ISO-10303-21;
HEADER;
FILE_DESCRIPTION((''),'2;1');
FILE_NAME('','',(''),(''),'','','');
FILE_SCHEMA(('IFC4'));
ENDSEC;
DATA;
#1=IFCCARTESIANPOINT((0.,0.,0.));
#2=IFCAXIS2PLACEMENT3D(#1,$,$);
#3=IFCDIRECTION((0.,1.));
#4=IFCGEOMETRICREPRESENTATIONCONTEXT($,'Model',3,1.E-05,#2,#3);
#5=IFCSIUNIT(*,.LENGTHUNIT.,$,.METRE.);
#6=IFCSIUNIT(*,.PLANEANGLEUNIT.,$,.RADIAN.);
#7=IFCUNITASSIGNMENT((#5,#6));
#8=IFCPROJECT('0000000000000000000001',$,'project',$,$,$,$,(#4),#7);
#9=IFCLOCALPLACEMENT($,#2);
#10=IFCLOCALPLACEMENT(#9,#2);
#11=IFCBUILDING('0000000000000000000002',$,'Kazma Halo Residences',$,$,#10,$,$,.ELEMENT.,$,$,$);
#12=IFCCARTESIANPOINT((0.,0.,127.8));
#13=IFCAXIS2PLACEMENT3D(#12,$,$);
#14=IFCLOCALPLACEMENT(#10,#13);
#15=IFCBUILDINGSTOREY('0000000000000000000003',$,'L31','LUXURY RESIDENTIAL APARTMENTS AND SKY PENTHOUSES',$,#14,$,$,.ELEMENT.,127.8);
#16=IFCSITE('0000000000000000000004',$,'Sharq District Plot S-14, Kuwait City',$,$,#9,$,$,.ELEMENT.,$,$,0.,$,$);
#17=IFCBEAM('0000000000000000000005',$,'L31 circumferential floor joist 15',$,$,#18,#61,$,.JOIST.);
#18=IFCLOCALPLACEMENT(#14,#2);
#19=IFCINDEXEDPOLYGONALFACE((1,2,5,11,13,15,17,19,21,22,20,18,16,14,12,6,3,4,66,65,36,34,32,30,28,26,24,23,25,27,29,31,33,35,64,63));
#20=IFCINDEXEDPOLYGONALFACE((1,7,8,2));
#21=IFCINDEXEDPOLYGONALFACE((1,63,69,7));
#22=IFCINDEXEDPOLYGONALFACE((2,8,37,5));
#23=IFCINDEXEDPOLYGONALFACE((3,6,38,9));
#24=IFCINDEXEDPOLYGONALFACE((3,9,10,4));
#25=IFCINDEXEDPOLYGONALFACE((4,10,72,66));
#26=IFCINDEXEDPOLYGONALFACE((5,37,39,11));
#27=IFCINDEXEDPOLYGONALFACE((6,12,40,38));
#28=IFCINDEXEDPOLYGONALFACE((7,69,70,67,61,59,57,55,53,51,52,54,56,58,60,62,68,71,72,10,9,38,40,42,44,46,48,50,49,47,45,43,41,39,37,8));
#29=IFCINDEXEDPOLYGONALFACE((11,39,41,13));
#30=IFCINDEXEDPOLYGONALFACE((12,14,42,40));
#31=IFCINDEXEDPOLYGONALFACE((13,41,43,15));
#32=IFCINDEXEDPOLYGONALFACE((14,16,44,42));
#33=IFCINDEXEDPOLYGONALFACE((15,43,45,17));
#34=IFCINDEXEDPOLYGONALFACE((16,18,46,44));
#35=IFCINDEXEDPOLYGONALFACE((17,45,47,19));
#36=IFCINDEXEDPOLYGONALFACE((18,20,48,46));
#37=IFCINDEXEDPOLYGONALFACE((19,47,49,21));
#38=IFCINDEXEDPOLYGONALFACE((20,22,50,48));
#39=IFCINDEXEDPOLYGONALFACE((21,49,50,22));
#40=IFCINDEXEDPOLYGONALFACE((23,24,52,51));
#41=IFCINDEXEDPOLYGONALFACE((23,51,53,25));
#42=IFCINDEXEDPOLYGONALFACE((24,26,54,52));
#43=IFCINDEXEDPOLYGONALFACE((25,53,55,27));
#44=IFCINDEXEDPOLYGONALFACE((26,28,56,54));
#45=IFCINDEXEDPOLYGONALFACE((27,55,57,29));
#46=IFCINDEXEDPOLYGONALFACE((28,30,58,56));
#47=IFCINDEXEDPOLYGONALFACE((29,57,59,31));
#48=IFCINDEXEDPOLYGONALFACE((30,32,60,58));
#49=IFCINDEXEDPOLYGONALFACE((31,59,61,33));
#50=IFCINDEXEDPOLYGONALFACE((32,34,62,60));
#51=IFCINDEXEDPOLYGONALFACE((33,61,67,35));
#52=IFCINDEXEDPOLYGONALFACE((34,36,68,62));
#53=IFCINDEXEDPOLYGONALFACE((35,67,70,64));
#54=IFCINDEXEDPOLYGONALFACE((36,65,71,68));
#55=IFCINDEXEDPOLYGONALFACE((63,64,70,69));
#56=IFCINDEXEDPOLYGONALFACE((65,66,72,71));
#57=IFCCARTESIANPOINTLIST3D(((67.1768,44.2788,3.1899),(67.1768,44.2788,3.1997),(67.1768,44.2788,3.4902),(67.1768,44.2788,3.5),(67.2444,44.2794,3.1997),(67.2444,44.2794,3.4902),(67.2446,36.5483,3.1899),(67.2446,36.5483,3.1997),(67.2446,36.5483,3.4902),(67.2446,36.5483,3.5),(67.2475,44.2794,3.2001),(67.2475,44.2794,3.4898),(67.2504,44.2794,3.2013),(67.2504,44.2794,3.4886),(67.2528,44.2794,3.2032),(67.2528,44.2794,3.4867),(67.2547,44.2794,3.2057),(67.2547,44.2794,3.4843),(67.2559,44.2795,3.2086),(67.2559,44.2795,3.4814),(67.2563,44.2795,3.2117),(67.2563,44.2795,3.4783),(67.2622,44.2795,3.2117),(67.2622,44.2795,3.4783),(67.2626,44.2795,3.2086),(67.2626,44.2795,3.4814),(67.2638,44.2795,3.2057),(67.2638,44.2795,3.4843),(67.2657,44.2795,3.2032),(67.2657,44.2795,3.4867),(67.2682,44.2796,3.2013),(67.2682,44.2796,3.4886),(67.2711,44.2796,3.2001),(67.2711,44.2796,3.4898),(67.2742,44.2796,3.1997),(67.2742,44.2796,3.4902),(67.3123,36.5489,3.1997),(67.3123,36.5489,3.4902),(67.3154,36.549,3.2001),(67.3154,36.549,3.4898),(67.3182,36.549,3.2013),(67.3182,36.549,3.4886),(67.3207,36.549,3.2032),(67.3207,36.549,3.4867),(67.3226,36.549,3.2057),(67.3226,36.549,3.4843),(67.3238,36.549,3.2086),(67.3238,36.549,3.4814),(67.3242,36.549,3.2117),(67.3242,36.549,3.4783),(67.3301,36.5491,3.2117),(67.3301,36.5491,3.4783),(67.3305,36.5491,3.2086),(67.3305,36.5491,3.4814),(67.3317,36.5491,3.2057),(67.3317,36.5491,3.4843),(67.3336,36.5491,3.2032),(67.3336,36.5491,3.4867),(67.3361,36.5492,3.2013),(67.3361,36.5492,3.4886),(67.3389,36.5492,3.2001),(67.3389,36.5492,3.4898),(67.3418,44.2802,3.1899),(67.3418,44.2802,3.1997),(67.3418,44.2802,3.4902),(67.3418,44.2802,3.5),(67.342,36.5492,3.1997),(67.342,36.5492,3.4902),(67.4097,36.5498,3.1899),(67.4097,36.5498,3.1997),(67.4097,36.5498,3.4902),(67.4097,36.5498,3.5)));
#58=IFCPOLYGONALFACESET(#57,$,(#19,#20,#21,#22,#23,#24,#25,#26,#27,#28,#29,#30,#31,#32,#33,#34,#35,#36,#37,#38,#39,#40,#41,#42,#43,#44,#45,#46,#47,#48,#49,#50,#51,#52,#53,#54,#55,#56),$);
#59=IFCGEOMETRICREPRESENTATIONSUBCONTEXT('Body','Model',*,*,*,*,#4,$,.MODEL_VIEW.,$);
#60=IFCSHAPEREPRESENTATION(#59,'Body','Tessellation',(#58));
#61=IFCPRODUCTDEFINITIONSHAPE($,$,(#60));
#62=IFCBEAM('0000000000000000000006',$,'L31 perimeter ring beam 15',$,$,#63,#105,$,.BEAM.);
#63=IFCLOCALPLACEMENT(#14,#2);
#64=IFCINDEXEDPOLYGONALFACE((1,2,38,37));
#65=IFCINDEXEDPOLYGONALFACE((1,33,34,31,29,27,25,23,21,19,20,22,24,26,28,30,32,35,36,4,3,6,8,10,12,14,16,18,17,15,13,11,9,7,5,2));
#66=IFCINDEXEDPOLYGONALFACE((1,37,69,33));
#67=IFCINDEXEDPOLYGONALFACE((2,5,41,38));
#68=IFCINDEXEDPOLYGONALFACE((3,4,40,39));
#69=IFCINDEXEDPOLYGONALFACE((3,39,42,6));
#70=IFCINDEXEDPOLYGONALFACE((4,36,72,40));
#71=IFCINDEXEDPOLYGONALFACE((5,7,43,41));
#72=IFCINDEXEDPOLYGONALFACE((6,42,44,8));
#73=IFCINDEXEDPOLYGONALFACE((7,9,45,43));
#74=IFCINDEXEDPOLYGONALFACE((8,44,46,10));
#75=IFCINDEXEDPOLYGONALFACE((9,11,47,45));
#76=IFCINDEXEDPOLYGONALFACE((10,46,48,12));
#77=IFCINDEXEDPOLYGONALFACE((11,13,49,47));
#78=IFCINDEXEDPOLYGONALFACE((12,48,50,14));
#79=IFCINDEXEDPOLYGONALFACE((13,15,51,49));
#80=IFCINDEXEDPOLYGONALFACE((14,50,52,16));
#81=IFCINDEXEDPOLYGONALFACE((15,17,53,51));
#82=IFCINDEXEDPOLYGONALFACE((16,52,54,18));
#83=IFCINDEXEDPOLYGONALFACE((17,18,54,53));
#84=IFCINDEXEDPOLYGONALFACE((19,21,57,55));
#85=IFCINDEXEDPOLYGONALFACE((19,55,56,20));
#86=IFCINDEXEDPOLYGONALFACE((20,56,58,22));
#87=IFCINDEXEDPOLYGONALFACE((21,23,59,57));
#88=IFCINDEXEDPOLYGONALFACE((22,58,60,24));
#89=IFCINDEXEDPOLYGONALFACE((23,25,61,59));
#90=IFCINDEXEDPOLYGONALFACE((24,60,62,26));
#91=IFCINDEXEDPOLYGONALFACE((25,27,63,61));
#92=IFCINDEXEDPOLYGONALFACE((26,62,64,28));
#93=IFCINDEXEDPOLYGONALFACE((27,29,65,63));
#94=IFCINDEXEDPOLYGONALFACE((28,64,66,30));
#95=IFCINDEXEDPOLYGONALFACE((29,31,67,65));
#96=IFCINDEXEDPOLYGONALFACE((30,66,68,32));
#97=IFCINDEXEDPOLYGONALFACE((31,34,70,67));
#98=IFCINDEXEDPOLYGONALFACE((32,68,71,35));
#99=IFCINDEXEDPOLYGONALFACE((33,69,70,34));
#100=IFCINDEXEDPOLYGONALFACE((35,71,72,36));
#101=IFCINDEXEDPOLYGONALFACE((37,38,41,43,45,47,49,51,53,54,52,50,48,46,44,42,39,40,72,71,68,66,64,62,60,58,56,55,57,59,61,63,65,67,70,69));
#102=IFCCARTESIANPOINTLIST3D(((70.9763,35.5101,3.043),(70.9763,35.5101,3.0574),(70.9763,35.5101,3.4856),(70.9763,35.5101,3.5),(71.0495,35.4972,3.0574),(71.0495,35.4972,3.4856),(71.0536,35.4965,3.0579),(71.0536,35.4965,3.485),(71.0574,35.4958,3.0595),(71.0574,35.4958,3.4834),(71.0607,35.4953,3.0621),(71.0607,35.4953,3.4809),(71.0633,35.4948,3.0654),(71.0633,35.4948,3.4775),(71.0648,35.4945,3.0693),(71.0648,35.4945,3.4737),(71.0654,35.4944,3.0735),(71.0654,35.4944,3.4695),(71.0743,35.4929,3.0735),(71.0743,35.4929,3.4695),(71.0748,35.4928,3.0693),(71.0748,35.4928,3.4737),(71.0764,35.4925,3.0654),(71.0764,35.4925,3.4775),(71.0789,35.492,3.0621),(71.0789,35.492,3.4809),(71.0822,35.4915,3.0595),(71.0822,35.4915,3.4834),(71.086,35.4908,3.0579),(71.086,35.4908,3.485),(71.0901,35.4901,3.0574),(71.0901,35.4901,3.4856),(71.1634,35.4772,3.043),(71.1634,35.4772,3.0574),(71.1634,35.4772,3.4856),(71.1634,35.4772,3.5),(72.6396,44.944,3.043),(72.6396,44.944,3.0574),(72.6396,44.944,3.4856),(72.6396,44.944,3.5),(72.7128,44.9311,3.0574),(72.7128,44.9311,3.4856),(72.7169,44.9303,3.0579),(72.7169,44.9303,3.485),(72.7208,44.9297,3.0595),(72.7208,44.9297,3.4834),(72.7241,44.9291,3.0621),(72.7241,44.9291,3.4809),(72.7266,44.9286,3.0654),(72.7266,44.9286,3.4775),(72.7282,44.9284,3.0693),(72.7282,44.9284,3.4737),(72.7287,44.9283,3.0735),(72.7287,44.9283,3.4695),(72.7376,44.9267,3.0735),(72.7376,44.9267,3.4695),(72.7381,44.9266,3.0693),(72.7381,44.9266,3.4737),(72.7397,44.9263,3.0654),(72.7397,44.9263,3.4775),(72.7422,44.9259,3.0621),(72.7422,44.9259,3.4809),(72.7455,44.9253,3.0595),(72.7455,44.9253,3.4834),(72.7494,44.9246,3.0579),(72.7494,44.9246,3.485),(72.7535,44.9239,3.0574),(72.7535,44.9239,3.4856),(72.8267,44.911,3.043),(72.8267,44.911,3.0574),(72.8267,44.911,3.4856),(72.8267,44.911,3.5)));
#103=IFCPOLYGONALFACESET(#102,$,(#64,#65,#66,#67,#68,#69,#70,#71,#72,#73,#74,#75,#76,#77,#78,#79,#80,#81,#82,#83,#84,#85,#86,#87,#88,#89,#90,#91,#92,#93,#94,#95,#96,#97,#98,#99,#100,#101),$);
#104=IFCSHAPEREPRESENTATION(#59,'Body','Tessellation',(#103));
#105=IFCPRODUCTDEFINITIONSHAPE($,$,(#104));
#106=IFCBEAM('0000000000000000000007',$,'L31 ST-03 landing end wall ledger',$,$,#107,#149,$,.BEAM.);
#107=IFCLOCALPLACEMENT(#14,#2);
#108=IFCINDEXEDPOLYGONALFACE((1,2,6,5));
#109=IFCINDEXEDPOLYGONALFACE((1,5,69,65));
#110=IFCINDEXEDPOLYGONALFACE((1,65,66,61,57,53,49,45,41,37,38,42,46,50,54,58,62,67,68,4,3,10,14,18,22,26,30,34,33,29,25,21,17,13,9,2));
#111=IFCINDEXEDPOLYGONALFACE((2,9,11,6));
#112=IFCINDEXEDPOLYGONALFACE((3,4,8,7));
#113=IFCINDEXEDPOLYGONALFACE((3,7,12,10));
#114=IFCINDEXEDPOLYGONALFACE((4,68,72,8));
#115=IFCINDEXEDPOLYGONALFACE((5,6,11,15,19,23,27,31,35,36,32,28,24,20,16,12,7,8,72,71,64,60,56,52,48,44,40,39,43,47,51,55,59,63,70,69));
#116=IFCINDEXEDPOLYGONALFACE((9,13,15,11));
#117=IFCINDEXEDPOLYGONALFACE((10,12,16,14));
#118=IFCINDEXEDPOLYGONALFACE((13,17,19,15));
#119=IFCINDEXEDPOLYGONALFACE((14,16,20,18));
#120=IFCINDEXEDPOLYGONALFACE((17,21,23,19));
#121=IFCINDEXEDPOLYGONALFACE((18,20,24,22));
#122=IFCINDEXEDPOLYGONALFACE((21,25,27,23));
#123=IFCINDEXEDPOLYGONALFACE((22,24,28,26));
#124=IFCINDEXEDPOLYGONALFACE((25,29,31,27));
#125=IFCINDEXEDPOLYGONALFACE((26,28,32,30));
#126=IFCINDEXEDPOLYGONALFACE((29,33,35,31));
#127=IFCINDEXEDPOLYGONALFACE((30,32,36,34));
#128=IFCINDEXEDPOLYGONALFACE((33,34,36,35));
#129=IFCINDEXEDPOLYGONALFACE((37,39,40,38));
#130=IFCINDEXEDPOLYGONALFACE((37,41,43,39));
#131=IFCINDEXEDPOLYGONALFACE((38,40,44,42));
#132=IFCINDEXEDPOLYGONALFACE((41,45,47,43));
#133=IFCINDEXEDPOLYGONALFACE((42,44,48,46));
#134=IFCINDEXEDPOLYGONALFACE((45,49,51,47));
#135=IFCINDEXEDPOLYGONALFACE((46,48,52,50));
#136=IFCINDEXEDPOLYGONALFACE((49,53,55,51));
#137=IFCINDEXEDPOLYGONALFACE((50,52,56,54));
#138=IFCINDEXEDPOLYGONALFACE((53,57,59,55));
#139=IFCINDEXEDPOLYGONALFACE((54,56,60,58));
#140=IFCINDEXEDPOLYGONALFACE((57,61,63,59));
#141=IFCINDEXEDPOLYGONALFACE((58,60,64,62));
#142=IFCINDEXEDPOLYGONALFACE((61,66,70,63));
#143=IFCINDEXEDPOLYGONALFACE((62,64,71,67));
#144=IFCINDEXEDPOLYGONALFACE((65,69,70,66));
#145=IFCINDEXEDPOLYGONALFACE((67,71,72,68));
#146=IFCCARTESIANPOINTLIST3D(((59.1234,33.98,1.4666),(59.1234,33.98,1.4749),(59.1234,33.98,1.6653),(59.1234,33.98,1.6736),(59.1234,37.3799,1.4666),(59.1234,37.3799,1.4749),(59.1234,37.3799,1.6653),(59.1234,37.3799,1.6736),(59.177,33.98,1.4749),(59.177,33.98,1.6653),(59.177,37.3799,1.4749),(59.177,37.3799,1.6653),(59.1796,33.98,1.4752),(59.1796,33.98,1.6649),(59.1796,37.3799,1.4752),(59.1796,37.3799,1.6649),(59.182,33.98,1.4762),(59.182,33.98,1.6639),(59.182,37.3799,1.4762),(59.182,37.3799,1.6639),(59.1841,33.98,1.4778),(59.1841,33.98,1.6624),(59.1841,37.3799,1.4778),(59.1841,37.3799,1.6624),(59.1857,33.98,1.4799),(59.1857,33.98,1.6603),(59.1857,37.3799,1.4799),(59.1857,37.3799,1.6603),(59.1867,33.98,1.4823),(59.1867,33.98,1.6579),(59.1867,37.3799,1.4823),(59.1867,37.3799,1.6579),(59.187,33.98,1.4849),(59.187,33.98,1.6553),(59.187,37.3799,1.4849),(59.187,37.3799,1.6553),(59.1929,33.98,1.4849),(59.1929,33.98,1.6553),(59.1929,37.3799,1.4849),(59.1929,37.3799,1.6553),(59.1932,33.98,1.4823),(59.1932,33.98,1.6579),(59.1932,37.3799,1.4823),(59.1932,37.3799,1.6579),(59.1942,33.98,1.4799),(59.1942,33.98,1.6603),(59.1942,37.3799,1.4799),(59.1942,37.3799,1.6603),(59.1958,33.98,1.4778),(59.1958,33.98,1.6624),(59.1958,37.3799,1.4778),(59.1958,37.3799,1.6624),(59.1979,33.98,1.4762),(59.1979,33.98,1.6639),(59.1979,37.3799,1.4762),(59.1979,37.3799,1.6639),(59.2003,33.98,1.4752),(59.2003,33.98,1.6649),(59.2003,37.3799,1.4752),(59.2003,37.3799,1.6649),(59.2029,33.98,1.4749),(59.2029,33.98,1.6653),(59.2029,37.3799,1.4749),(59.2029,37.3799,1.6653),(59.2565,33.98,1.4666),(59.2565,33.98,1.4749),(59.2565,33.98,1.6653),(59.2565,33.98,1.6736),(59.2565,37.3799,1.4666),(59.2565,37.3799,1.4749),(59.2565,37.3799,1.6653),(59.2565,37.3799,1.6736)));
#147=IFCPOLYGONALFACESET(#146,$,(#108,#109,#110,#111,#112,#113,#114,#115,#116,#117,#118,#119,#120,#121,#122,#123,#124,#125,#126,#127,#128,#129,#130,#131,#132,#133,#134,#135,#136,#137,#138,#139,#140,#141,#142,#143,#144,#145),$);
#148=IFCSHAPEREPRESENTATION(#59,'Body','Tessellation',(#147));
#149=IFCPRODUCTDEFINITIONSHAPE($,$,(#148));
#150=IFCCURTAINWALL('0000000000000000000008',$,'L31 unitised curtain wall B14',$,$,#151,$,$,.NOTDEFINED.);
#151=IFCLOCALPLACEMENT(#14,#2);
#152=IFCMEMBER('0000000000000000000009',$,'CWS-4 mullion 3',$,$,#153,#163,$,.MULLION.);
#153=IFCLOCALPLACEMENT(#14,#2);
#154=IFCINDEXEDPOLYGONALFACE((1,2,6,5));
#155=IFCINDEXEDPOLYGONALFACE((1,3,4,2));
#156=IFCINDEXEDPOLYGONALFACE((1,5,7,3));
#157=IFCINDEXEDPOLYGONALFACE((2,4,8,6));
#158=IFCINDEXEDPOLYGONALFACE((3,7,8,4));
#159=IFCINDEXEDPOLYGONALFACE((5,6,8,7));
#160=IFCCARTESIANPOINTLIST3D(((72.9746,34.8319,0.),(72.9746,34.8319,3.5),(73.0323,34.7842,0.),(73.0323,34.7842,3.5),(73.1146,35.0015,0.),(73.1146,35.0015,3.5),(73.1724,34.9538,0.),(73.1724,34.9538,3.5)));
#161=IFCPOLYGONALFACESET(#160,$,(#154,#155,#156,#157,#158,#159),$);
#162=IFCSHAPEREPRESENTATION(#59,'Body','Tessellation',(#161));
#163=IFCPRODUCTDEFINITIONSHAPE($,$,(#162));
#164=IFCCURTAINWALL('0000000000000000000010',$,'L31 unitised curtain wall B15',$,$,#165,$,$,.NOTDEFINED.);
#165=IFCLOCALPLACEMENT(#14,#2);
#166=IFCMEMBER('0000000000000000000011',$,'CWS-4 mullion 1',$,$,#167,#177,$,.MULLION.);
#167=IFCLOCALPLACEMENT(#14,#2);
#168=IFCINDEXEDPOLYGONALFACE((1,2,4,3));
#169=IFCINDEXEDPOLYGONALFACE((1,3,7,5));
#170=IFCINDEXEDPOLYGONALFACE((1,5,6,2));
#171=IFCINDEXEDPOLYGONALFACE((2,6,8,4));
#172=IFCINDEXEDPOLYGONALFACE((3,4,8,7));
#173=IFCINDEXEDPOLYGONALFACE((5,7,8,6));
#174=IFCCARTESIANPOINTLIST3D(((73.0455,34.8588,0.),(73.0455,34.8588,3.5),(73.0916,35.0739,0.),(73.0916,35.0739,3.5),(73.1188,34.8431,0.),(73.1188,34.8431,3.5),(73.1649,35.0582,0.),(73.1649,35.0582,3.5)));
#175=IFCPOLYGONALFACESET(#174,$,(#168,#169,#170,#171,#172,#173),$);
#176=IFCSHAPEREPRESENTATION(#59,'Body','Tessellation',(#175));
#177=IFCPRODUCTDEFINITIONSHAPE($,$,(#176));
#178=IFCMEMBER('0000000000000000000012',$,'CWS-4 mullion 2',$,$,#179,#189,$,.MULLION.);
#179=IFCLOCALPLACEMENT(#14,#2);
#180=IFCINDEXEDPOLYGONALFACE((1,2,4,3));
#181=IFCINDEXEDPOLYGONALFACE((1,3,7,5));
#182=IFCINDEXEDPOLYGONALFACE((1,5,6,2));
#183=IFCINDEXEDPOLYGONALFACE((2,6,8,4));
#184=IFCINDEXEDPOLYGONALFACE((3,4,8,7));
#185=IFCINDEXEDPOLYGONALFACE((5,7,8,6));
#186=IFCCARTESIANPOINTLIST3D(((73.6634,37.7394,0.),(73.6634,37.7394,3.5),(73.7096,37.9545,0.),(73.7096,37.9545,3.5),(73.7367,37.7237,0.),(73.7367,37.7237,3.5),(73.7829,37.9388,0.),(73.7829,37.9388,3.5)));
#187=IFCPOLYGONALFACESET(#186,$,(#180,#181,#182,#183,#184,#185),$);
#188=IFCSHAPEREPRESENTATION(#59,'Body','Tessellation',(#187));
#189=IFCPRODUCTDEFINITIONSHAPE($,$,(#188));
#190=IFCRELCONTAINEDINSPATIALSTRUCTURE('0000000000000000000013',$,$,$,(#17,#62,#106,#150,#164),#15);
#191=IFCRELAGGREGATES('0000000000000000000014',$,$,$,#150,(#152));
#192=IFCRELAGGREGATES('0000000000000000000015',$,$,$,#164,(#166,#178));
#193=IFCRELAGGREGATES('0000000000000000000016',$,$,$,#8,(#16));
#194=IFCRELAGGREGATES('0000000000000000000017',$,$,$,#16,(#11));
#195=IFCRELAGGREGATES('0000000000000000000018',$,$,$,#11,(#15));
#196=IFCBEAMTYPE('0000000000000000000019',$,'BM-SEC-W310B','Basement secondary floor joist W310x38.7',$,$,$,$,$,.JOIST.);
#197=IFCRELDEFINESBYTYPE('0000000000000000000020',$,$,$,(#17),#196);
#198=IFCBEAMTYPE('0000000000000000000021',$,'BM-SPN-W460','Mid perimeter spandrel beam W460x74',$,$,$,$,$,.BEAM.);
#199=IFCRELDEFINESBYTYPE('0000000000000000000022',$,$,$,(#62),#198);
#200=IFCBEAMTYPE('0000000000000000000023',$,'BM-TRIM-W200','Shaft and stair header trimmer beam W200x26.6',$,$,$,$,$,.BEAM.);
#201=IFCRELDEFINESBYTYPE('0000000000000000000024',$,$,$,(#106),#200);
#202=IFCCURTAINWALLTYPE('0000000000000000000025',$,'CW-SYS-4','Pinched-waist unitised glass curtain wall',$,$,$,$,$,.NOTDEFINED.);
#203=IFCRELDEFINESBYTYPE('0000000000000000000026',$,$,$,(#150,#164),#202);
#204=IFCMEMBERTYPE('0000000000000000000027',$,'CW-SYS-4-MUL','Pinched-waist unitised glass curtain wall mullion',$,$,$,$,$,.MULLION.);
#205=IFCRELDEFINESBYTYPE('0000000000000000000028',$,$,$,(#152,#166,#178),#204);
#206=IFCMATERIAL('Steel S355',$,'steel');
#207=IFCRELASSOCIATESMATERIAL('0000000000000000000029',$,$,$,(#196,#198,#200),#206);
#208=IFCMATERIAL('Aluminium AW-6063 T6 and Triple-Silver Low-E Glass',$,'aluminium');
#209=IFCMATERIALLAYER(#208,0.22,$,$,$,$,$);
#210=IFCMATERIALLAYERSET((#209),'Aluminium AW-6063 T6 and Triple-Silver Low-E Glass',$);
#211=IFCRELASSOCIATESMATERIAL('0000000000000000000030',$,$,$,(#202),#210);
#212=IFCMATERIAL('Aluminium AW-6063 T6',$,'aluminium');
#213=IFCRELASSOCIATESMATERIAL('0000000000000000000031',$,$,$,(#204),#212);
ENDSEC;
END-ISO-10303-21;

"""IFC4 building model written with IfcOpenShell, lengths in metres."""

from ifc_helpers import new_model, si_unit, direction, frame, origin, origin_2d, place, context, subcontext, project, spatial, rectangle, i_section, extrude, material, layer, layer_set, material_profile, profile_set, type_object, element, aggregate, save


model = new_model("IFC4")

# Units and contexts
model_context = context("Model", 3, precision=1e-05, world=origin(), true_north=direction((0.0, 1.0)))
body_context = subcontext(model_context, "Body", "Model", "MODEL_VIEW")
ifc_project = project(units=[si_unit("LENGTHUNIT", "METRE"), si_unit("PLANEANGLEUNIT", "RADIAN")], contexts=[model_context])

# Site, building, storey
site_placement = place(None, origin())
site = spatial("IfcSite", under=ifc_project, at=site_placement, Name="Sharq District Plot S-14, Kuwait City", CompositionType="ELEMENT", RefElevation=0.0)
building_placement = place(site_placement, origin())
building = spatial("IfcBuilding", under=site, at=building_placement, Name="Kazma Halo Residences", CompositionType="ELEMENT")
storey_placement = place(building_placement, frame((0.0, 0.0, 127.8)))
storey = spatial("IfcBuildingStorey", under=building, at=storey_placement, Name="L31", Description="LUXURY RESIDENTIAL APARTMENTS AND SKY PENTHOUSES", CompositionType="ELEMENT", Elevation=127.8)

# Beams
ifc_material_1 = material(Name="Steel S355", Category="steel")
ifc_material_profile_1 = material_profile(ifc_material_1, i_section(OverallWidth=0.165, OverallDepth=0.3101, WebThickness=0.0059, FlangeThickness=0.0098, FilletRadius=0.012, at=origin_2d()), Name="W310x38.7")
ifc_profile_set_1 = profile_set([ifc_material_profile_1], Name="Steel S355")
beam_type_1 = type_object("IfcBeamType", Name="BM-SEC-W310B", Description="Basement secondary floor joist W310x38.7", PredefinedType="JOIST", material=ifc_profile_set_1)
beam_1_placement = place(storey_placement, frame((67.3271, 36.5491, 3.345), z_axis=(-0.008779, 0.999961, 0.0), x_axis=(-0.999961, -0.008779, 0.0)))
element("IfcBeam", 1, at=beam_1_placement, inside=storey, type_object=beam_type_1, Name="L31 circumferential floor joist 15", PredefinedType="JOIST", context=body_context, shape_type="SweptSolid", body=[
    extrude(i_section(OverallWidth=0.165, OverallDepth=0.3101, WebThickness=0.0059, FlangeThickness=0.0098, FilletRadius=0.012, at=origin_2d()), origin(), (0.0, 0.0, 1.0), 7.7307),
])
ifc_material_profile_2 = material_profile(ifc_material_1, i_section(OverallWidth=0.1899, OverallDepth=0.457, WebThickness=0.009, FlangeThickness=0.0144, FilletRadius=0.0161, at=origin_2d()), Name="W460x74")
ifc_profile_set_2 = profile_set([ifc_material_profile_2], Name="Steel S355")
beam_type_2 = type_object("IfcBeamType", Name="BM-SPN-W460", Description="Mid perimeter spandrel beam W460x74", PredefinedType="BEAM", material=ifc_profile_set_2)
beam_2_placement = place(storey_placement, frame((71.0698, 35.4937, 3.2715), z_axis=(0.173637, 0.98481, 0.0), x_axis=(-0.98481, 0.173637, 0.0)))
element("IfcBeam", 2, at=beam_2_placement, inside=storey, type_object=beam_type_2, Name="L31 perimeter ring beam 15", PredefinedType="BEAM", context=body_context, shape_type="SweptSolid", body=[
    extrude(i_section(OverallWidth=0.1899, OverallDepth=0.457, WebThickness=0.009, FlangeThickness=0.0144, FilletRadius=0.0161, at=origin_2d()), origin(), (0.0, 0.0, 1.0), 9.5793),
])
ifc_material_profile_3 = material_profile(ifc_material_1, i_section(OverallWidth=0.1331, OverallDepth=0.207, WebThickness=0.0059, FlangeThickness=0.0083, FilletRadius=0.01, at=origin_2d()), Name="W200x26.6")
ifc_profile_set_3 = profile_set([ifc_material_profile_3], Name="Steel S355")
beam_type_3 = type_object("IfcBeamType", Name="BM-TRIM-W200", Description="Shaft and stair header trimmer beam W200x26.6", PredefinedType="BEAM", material=ifc_profile_set_3)
beam_3_placement = place(storey_placement, frame((59.1899, 33.98, 1.5701), z_axis=(0.0, 1.0, 0.0), x_axis=(-1.0, 0.0, 0.0)))
element("IfcBeam", 3, at=beam_3_placement, inside=storey, type_object=beam_type_3, Name="L31 ST-03 landing end wall ledger", PredefinedType="BEAM", context=body_context, shape_type="SweptSolid", body=[
    extrude(i_section(OverallWidth=0.1331, OverallDepth=0.207, WebThickness=0.0059, FlangeThickness=0.0083, FilletRadius=0.01, at=origin_2d()), origin(), (0.0, 0.0, 1.0), 3.3999),
])

# Curtain wall, member
ifc_material_2 = material(Name="Aluminium AW-6063 T6 and Triple-Silver Low-E Glass", Category="aluminium")
ifc_layer_1 = layer(ifc_material_2, 0.22)
ifc_layer_set_1 = layer_set([ifc_layer_1], Name="Aluminium AW-6063 T6 and Triple-Silver Low-E Glass")
curtain_wall_type = type_object("IfcCurtainWallType", Name="CW-SYS-4", Description="Pinched-waist unitised glass curtain wall", PredefinedType="NOTDEFINED", material=ifc_layer_set_1)
curtain_wall_1_placement = place(storey_placement, origin())
curtain_wall_1 = element("IfcCurtainWall", 4, at=curtain_wall_1_placement, inside=storey, type_object=curtain_wall_type, Name="L31 unitised curtain wall B14", PredefinedType="NOTDEFINED")
ifc_material_3 = material(Name="Aluminium AW-6063 T6", Category="aluminium")
ifc_material_profile_4 = material_profile(ifc_material_3, rectangle(XDim=0.075, YDim=0.22, at=origin_2d()), Name="CWM-75x220")
ifc_profile_set_4 = profile_set([ifc_material_profile_4], Name="Aluminium AW-6063 T6")
member_type_1 = type_object("IfcMemberType", Name="CW-SYS-4-MUL", Description="Pinched-waist unitised glass curtain wall mullion", PredefinedType="MULLION", material=ifc_profile_set_4)
member_1_placement = place(storey_placement, frame((73.0735, 34.8928, 0.0), z_axis=(0.0, 0.0, 1.0), x_axis=(-0.771037, 0.63679, 0.0)))
member_1 = element("IfcMember", 5, at=member_1_placement, type_object=member_type_1, Name="CWS-4 mullion 3", PredefinedType="MULLION", context=body_context, shape_type="SweptSolid", body=[
    extrude(rectangle(XDim=0.075, YDim=0.22, at=origin_2d()), origin(), (0.0, 0.0, 1.0), 3.5),
])
aggregate(curtain_wall_1, [member_1])

# Curtain wall, members
curtain_wall_2_placement = place(storey_placement, origin())
curtain_wall_2 = element("IfcCurtainWall", 6, at=curtain_wall_2_placement, inside=storey, type_object=curtain_wall_type, Name="L31 unitised curtain wall B15", PredefinedType="NOTDEFINED")
member_2_placement = place(storey_placement, frame((73.1052, 34.9585, 0.0), z_axis=(0.0, 0.0, 1.0), x_axis=(-0.977765, 0.209704, 0.0)))
member_2 = element("IfcMember", 7, at=member_2_placement, type_object=member_type_1, Name="CWS-4 mullion 1", PredefinedType="MULLION", context=body_context, shape_type="SweptSolid", body=[
    extrude(rectangle(XDim=0.075, YDim=0.22, at=origin_2d()), origin(), (0.0, 0.0, 1.0), 3.5),
])
member_3_placement = place(storey_placement, frame((73.7231, 37.8391, 0.0), z_axis=(0.0, 0.0, 1.0), x_axis=(-0.977765, 0.209704, 0.0)))
member_3 = element("IfcMember", 8, at=member_3_placement, type_object=member_type_1, Name="CWS-4 mullion 2", PredefinedType="MULLION", context=body_context, shape_type="SweptSolid", body=[
    extrude(rectangle(XDim=0.075, YDim=0.22, at=origin_2d()), origin(), (0.0, 0.0, 1.0), 3.5),
])
aggregate(curtain_wall_2, [member_2, member_3])

save(model, "model.ifc")
